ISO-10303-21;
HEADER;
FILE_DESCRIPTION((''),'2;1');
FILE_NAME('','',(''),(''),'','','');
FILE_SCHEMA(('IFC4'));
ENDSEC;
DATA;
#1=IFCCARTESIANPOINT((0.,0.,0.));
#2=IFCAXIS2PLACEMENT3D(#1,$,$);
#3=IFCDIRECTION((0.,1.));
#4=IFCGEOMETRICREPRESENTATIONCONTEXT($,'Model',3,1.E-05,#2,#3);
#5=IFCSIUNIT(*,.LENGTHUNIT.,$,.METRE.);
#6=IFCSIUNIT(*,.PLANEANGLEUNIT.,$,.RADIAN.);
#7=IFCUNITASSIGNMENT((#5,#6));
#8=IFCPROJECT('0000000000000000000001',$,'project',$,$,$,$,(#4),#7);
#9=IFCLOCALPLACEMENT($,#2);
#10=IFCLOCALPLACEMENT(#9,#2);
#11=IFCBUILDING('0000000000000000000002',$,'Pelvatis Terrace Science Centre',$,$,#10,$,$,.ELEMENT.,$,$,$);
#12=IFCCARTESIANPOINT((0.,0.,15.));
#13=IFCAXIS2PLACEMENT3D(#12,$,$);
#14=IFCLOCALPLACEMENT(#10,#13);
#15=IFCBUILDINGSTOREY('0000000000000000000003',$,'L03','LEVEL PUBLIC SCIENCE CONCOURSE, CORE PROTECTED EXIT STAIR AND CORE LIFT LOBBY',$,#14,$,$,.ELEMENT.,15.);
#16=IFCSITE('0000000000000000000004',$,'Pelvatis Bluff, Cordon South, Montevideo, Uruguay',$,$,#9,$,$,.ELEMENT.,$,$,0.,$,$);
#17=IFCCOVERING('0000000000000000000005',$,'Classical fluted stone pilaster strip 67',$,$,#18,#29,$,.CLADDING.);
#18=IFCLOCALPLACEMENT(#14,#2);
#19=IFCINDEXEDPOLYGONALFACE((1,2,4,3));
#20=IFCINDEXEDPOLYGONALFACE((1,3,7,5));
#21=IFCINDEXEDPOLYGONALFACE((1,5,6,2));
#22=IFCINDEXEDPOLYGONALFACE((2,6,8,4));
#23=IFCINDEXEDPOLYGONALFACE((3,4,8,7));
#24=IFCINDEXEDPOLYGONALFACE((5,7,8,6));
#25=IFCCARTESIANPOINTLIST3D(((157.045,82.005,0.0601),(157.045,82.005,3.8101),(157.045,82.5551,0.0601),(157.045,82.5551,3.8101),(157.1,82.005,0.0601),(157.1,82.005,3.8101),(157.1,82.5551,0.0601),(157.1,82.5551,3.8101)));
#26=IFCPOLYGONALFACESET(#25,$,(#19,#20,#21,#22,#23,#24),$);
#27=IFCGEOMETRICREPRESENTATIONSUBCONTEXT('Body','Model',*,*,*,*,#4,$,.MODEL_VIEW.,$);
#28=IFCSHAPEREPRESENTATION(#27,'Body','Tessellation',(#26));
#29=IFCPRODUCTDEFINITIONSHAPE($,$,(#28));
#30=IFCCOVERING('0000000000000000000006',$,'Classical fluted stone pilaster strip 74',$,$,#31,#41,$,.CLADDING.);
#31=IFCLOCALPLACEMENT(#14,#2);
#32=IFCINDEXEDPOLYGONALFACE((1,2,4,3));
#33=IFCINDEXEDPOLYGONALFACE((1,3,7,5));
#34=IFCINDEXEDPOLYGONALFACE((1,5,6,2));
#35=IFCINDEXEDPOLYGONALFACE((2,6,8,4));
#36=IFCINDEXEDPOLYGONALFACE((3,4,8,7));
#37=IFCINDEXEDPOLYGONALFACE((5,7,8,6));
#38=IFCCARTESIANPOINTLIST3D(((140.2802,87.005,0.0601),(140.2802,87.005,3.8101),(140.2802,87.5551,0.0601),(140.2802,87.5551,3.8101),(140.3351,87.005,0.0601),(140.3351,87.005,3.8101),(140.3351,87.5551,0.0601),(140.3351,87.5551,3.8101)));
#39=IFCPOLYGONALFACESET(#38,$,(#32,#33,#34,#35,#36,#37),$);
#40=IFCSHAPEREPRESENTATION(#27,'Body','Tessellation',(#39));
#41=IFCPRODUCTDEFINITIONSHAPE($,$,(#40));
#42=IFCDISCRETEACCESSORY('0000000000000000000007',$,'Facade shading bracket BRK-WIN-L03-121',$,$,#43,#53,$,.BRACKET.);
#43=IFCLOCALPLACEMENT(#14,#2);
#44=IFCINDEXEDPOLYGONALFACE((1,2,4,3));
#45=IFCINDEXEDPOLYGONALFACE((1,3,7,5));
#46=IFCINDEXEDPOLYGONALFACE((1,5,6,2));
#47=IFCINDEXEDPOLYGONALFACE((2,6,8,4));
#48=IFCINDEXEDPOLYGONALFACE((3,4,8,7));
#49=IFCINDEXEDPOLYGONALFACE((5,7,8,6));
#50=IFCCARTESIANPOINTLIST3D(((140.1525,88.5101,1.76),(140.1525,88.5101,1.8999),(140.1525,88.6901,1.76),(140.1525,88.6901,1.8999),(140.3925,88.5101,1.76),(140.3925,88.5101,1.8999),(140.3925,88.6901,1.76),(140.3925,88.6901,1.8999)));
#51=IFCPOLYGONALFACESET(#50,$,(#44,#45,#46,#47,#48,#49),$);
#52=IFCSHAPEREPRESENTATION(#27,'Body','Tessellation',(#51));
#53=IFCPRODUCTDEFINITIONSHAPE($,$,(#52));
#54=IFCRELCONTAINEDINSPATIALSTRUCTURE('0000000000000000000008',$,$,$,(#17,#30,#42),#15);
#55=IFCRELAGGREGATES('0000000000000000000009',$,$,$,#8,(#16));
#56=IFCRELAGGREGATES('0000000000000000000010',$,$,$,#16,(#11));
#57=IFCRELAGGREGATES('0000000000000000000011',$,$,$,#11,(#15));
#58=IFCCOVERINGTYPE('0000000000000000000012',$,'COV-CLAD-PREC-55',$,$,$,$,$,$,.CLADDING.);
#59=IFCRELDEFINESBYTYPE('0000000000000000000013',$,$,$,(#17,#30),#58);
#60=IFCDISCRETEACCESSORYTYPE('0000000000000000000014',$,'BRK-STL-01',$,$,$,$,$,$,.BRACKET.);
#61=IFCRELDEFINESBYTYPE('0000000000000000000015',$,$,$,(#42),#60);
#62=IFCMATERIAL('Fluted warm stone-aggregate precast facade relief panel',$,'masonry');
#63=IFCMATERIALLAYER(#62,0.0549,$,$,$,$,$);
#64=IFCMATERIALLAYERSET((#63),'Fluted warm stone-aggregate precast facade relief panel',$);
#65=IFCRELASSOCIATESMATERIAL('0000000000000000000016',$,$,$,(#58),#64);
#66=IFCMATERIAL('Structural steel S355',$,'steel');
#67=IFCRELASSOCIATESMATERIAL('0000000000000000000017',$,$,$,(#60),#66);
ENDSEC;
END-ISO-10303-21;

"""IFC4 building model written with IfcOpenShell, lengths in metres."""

from ifc_helpers import new_model, si_unit, direction, frame, origin, origin_2d, place, context, subcontext, project, spatial, rectangle, extrude, material, layer, layer_set, type_object, element, save


model = new_model("IFC4")

# Units and contexts
model_context = context("Model", 3, precision=1e-05, world=origin(), true_north=direction((0.0, 1.0)))
body_context = subcontext(model_context, "Body", "Model", "MODEL_VIEW")
ifc_project = project(units=[si_unit("LENGTHUNIT", "METRE"), si_unit("PLANEANGLEUNIT", "RADIAN")], contexts=[model_context])

# Site, building, storey
site_placement = place(None, origin())
site = spatial("IfcSite", under=ifc_project, at=site_placement, Name="Pelvatis Bluff, Cordon South, Montevideo, Uruguay", CompositionType="ELEMENT", RefElevation=0.0)
building_placement = place(site_placement, origin())
building = spatial("IfcBuilding", under=site, at=building_placement, Name="Pelvatis Terrace Science Centre", CompositionType="ELEMENT")
storey_placement = place(building_placement, frame((0.0, 0.0, 15.0)))
storey = spatial("IfcBuildingStorey", under=building, at=storey_placement, Name="L03", Description="LEVEL PUBLIC SCIENCE CONCOURSE, CORE PROTECTED EXIT STAIR AND CORE LIFT LOBBY", CompositionType="ELEMENT", Elevation=15.0)

# Coverings
ifc_material_1 = material(Name="Fluted warm stone-aggregate precast facade relief panel", Category="masonry")
ifc_layer_1 = layer(ifc_material_1, 0.0549)
ifc_layer_set_1 = layer_set([ifc_layer_1], Name="Fluted warm stone-aggregate precast facade relief panel")
covering_type = type_object("IfcCoveringType", Name="COV-CLAD-PREC-55", PredefinedType="CLADDING", material=ifc_layer_set_1)
for number, where, z_axis, x_axis, name in (
    (1, (157.0725, 82.28, 0.0601), (0.0, 0.0, 1.0), (1.0, 0.0, 0.0), "Classical fluted stone pilaster strip 67"),
    (2, (140.3076, 87.28, 0.0601), (0.0, 0.0, 1.0), (1.0, 0.0, 0.0), "Classical fluted stone pilaster strip 74"),
):
    element("IfcCovering", number, at=place(storey_placement, frame(where, z_axis=z_axis, x_axis=x_axis)), inside=storey, type_object=covering_type, Name=name, PredefinedType="CLADDING", context=body_context, shape_type="SweptSolid", body=[
        extrude(rectangle(XDim=0.0549, YDim=0.55, at=origin_2d()), origin(), (0.0, 0.0, 1.0), 3.75),
    ])

# Discrete accessory
ifc_material_2 = material(Name="Structural steel S355", Category="steel")
discrete_accessory_type = type_object("IfcDiscreteAccessoryType", Name="BRK-STL-01", PredefinedType="BRACKET", material=ifc_material_2)
discrete_accessory_placement = place(storey_placement, frame((140.2725, 88.6001, 1.76)))
element("IfcDiscreteAccessory", 3, at=discrete_accessory_placement, inside=storey, type_object=discrete_accessory_type, Name="Facade shading bracket BRK-WIN-L03-121", PredefinedType="BRACKET", context=body_context, shape_type="SweptSolid", body=[
    extrude(rectangle(XDim=0.24, YDim=0.18, at=origin_2d()), origin(), (0.0, 0.0, 1.0), 0.1399),
])

save(model, "model.ifc")
